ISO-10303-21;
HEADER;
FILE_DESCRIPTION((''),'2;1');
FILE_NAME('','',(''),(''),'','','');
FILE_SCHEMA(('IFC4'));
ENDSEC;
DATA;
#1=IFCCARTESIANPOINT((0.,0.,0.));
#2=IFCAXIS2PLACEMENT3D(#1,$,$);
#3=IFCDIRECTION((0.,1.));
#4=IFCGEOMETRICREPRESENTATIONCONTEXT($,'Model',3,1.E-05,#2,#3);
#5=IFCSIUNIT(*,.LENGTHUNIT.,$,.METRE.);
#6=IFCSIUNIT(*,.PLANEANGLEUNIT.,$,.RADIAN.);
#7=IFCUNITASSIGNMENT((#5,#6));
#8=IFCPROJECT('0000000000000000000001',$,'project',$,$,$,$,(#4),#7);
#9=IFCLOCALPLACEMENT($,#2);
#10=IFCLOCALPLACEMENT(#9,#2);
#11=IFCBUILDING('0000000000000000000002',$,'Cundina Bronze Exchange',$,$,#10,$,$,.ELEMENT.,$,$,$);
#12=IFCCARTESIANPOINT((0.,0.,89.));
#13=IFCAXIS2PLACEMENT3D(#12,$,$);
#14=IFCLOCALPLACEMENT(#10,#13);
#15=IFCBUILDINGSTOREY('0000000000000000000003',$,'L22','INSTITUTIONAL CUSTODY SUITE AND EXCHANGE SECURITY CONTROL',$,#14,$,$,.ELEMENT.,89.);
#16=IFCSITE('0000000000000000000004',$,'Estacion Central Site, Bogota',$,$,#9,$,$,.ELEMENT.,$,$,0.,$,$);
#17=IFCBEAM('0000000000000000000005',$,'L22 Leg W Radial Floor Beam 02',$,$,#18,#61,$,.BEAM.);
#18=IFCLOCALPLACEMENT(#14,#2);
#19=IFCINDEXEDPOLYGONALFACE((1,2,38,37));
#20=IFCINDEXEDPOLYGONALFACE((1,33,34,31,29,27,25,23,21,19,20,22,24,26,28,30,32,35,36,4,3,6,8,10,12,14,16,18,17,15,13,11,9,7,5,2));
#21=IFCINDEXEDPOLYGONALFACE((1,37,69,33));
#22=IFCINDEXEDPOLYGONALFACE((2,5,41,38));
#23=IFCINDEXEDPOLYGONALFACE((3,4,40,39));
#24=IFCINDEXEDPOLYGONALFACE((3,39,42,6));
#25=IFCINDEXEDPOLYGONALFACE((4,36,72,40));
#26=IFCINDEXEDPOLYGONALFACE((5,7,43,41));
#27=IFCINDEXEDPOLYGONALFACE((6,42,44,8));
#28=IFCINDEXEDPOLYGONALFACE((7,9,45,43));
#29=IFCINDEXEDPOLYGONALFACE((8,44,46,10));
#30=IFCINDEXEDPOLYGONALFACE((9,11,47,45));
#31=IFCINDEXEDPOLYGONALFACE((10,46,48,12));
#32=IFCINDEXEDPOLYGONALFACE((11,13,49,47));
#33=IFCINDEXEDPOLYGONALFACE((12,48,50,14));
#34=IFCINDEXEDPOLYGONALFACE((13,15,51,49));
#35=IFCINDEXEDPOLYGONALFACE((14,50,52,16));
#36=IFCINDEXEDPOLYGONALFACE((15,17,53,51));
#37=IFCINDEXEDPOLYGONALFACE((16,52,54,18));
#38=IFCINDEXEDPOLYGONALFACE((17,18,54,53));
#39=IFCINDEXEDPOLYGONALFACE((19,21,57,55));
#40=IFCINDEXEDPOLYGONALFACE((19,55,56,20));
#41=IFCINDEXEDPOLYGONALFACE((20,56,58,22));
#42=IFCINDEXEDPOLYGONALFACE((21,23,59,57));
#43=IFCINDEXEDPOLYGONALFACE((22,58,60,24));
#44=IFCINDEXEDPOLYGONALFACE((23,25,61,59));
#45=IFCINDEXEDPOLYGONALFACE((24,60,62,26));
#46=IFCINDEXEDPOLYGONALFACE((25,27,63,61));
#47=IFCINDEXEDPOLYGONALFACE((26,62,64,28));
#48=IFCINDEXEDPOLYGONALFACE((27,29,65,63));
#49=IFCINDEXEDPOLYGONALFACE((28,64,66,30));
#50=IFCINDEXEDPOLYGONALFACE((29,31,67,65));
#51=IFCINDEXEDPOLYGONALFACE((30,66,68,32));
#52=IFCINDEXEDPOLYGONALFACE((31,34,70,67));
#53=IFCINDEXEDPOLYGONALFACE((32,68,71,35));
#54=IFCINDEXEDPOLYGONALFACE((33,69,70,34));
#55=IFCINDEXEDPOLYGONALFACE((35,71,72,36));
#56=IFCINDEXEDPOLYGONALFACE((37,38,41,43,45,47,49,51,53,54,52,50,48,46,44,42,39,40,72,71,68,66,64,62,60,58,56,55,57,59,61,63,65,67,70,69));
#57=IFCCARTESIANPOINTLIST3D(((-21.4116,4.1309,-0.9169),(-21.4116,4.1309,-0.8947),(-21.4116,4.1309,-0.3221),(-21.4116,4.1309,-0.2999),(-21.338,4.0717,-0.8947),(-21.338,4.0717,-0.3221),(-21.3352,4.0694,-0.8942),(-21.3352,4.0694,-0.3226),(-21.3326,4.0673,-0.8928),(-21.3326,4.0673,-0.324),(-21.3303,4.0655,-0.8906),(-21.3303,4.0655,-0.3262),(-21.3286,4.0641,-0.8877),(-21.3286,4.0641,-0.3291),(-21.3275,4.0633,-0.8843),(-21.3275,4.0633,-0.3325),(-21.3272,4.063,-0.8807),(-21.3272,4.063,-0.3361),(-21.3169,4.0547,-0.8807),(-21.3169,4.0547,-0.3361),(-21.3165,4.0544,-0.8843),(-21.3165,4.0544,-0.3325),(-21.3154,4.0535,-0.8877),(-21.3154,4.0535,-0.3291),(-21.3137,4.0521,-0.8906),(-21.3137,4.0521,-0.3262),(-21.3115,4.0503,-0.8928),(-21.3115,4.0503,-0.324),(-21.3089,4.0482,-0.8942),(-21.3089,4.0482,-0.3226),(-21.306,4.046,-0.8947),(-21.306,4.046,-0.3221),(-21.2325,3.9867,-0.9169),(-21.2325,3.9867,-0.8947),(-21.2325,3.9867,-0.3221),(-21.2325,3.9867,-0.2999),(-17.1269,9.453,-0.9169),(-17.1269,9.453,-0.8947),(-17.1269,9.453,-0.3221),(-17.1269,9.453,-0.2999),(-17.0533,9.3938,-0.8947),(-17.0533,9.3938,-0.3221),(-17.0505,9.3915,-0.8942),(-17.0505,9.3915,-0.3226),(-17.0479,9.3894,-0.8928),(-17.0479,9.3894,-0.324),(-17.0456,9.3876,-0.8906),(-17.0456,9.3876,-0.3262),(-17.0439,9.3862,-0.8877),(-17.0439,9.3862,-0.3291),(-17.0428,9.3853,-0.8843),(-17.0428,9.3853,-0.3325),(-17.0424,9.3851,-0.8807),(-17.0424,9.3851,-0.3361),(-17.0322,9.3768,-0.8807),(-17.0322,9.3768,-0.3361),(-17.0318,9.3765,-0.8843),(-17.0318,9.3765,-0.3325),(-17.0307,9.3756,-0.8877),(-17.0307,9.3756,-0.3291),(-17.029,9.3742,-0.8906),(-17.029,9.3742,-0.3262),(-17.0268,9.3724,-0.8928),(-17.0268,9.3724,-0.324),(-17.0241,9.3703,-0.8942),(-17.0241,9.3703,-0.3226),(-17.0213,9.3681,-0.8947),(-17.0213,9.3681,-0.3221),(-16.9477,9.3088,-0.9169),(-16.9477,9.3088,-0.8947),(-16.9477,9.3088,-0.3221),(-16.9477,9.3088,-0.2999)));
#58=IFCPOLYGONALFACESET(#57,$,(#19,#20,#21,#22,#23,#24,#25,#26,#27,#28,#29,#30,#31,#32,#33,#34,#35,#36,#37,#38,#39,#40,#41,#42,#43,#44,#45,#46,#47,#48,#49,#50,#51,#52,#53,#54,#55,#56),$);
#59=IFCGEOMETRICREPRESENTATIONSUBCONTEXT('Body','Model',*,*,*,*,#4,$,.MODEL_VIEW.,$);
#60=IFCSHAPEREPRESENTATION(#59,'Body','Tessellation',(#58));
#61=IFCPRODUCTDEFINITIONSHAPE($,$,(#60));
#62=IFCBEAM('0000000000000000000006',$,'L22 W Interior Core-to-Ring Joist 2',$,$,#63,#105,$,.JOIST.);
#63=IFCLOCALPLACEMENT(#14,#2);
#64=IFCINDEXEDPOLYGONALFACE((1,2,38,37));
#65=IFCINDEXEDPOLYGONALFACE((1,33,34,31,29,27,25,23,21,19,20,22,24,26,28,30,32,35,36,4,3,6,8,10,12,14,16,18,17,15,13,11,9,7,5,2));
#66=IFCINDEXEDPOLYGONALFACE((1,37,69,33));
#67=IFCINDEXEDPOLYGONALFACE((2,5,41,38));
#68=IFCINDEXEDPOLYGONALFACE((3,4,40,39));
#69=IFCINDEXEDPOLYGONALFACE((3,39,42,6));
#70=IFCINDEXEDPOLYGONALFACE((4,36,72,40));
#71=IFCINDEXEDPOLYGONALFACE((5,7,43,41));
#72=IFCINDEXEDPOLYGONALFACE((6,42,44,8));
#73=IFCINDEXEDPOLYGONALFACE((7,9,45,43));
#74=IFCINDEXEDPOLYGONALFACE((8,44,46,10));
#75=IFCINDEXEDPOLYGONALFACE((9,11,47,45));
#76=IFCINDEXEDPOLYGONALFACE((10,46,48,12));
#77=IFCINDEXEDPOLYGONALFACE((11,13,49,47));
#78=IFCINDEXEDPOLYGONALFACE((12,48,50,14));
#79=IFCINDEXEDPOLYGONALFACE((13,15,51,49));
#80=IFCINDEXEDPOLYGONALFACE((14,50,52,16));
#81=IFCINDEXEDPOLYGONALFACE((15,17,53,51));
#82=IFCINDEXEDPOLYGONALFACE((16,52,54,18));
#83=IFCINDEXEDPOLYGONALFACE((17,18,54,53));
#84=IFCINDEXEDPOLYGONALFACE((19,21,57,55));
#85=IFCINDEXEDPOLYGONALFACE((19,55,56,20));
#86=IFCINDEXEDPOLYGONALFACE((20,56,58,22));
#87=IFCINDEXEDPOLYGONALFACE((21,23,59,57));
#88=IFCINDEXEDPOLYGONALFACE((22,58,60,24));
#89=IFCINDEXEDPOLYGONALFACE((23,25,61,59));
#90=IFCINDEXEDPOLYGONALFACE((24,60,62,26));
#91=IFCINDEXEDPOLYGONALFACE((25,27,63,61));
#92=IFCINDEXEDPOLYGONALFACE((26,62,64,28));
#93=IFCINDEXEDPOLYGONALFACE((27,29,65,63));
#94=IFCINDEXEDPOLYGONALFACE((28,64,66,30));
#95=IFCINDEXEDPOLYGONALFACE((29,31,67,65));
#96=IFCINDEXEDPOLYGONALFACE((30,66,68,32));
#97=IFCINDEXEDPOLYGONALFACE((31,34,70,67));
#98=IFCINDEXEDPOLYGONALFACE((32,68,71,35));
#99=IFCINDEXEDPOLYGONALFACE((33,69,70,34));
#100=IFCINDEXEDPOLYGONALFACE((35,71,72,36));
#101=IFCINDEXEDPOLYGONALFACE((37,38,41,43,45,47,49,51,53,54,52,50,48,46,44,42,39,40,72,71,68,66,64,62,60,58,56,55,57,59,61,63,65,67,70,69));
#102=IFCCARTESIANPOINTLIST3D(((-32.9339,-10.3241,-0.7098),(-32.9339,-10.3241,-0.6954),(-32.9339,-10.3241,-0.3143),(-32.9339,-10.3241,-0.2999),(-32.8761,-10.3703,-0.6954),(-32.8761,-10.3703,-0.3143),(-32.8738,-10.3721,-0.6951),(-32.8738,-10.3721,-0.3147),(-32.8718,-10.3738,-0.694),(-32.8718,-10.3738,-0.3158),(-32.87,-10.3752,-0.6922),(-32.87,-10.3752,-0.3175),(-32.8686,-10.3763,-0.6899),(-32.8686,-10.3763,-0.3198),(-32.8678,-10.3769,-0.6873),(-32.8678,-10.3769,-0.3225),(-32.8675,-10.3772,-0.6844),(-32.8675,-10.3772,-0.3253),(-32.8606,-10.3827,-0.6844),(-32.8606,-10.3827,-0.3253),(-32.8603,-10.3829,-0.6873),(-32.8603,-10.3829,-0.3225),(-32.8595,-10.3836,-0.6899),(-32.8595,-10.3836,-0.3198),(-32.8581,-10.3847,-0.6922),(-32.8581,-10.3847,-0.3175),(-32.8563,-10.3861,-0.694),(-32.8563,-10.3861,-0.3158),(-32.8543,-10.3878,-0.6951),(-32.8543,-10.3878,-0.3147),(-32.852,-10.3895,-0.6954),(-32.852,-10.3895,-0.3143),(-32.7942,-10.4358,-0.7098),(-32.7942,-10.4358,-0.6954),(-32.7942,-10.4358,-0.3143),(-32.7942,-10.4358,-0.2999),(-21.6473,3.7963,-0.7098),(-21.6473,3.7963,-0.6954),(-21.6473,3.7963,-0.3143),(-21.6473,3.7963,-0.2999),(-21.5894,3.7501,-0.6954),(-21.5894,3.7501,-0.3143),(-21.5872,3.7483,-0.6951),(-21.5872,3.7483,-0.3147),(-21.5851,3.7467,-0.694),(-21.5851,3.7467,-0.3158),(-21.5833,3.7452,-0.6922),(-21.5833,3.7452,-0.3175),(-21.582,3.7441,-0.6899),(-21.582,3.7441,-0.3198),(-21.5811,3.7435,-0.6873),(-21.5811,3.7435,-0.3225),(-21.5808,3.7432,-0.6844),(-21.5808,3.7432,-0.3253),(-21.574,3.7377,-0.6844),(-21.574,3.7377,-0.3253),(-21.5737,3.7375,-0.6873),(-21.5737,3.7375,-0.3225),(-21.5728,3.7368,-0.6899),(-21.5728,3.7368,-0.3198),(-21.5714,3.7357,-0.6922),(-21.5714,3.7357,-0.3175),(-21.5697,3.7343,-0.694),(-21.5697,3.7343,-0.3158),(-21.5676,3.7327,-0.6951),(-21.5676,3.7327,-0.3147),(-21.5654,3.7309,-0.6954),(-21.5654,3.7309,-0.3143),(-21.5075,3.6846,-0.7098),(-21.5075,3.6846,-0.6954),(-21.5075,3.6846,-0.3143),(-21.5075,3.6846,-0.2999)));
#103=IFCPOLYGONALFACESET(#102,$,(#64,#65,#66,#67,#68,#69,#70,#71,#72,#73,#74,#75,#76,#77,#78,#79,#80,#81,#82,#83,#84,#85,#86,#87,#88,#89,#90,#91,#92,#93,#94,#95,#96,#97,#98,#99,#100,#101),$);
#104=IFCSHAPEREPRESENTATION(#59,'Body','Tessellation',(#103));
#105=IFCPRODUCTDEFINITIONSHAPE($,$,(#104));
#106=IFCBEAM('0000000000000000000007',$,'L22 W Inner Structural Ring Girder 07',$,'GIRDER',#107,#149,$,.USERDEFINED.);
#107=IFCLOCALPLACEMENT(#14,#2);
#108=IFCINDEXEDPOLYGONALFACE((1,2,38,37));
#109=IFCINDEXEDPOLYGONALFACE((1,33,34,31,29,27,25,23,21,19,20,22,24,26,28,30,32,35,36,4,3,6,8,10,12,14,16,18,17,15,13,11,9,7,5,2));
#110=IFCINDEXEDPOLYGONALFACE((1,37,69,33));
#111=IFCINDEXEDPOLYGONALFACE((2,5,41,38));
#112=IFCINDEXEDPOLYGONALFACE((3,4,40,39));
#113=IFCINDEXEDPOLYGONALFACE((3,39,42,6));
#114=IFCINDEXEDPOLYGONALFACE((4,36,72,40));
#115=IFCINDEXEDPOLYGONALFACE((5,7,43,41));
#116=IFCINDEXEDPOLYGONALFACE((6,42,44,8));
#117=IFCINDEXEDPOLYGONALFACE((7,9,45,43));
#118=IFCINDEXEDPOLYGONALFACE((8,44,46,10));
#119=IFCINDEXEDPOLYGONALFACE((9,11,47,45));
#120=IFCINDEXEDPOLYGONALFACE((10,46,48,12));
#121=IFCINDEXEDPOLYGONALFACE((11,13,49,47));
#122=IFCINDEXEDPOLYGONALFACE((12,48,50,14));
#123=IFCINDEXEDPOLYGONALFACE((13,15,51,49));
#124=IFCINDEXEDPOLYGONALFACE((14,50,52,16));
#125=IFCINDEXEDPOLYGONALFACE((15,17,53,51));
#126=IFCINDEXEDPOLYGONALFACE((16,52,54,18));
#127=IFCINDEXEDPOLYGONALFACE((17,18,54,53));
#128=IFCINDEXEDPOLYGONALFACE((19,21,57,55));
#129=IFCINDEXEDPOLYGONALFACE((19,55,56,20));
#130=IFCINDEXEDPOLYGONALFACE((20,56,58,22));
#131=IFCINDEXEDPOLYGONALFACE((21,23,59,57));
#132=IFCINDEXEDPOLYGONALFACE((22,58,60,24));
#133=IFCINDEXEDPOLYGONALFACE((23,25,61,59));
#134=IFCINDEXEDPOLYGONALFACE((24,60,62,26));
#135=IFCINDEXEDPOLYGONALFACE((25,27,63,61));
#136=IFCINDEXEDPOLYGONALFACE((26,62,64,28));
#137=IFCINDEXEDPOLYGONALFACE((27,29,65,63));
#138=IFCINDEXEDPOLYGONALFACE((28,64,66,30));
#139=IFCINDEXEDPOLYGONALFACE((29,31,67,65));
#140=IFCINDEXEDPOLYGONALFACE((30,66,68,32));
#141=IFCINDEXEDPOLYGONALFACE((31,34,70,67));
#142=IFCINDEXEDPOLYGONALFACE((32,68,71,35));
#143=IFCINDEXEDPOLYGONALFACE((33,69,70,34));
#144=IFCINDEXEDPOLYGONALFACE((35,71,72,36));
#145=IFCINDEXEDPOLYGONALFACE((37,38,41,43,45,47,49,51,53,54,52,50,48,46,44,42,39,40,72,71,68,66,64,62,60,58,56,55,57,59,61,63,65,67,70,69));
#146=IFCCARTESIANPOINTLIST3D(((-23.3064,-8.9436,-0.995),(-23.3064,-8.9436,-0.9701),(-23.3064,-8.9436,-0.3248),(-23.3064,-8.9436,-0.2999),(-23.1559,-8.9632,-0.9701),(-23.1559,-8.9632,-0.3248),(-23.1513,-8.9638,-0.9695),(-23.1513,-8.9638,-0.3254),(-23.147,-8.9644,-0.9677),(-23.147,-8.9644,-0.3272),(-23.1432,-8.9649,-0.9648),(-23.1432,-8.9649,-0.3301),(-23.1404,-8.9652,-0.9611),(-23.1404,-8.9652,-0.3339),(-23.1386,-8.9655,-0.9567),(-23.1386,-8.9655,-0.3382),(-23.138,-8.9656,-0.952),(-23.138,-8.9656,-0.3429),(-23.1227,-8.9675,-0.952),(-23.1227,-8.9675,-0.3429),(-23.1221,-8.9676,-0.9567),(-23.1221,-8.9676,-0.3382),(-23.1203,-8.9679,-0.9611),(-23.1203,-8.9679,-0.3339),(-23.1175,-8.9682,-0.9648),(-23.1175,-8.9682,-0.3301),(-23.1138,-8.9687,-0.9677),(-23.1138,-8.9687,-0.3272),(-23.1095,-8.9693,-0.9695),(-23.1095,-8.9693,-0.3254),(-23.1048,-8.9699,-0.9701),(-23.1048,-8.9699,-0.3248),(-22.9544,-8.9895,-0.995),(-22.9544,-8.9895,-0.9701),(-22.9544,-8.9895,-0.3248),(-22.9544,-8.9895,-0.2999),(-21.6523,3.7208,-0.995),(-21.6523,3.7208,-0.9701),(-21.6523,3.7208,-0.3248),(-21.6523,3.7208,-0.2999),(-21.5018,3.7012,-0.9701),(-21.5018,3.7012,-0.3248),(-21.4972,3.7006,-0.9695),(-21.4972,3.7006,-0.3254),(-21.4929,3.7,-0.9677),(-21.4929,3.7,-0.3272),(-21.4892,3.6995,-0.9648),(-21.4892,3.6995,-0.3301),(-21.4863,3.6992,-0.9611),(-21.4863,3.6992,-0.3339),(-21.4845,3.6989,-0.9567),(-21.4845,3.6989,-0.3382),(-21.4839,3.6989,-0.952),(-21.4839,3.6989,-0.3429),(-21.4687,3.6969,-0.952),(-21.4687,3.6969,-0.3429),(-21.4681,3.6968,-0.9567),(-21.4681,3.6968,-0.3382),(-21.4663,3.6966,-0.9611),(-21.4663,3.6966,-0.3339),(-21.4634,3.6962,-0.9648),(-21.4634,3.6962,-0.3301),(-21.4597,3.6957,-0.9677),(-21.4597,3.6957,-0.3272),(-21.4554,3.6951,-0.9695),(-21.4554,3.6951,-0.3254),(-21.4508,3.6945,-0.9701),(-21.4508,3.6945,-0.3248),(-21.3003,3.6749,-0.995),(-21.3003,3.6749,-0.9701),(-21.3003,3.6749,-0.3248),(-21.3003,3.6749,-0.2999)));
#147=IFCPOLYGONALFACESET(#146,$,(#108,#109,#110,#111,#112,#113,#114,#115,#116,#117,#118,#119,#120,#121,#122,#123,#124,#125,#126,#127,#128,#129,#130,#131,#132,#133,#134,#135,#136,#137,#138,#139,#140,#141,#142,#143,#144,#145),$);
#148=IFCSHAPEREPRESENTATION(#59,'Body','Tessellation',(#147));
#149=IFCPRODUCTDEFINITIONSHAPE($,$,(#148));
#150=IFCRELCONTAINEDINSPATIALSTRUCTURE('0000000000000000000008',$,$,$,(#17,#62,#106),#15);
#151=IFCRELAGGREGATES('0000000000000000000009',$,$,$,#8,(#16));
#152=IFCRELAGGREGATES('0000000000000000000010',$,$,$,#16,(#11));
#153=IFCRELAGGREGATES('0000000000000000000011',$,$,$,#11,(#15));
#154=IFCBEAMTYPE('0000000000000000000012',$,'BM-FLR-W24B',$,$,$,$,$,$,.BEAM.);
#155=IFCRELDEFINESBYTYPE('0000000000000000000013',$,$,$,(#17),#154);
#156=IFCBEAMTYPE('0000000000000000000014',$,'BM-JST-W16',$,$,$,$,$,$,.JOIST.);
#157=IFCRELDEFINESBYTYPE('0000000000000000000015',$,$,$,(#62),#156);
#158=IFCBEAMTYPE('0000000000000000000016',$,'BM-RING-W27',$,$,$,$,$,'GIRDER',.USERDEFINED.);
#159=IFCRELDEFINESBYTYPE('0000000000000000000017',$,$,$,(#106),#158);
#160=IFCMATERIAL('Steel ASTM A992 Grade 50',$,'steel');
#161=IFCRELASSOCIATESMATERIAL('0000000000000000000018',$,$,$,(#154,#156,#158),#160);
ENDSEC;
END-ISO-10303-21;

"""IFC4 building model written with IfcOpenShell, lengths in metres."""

from ifc_helpers import new_model, si_unit, direction, frame, origin, origin_2d, place, context, subcontext, project, spatial, i_section, extrude, material, material_profile, profile_set, type_object, element, save


model = new_model("IFC4")

# Units and contexts
model_context = context("Model", 3, precision=1e-05, world=origin(), true_north=direction((0.0, 1.0)))
body_context = subcontext(model_context, "Body", "Model", "MODEL_VIEW")
ifc_project = project(units=[si_unit("LENGTHUNIT", "METRE"), si_unit("PLANEANGLEUNIT", "RADIAN")], contexts=[model_context])

# Site, building, storey
site_placement = place(None, origin())
site = spatial("IfcSite", under=ifc_project, at=site_placement, Name="Estacion Central Site, Bogota", CompositionType="ELEMENT", RefElevation=0.0)
building_placement = place(site_placement, origin())
building = spatial("IfcBuilding", under=site, at=building_placement, Name="Cundina Bronze Exchange", CompositionType="ELEMENT")
storey_placement = place(building_placement, frame((0.0, 0.0, 89.0)))
storey = spatial("IfcBuildingStorey", under=building, at=storey_placement, Name="L22", Description="INSTITUTIONAL CUSTODY SUITE AND EXCHANGE SECURITY CONTROL", CompositionType="ELEMENT", Elevation=89.0)

# Shared definitions
ifc_material_1 = material(Name="Steel ASTM A992 Grade 50", Category="steel")

# Beams
ifc_material_profile_1 = material_profile(ifc_material_1, i_section(OverallWidth=0.23, OverallDepth=0.6169, WebThickness=0.0132, FlangeThickness=0.0222, FilletRadius=0.0139, at=origin_2d()), Name="W24X94", Category="steel")
ifc_profile_set_1 = profile_set([ifc_material_profile_1], Name="Steel ASTM A992 Grade 50")
beam_type_1 = type_object("IfcBeamType", Name="BM-FLR-W24B", PredefinedType="BEAM", material=ifc_profile_set_1)
beam_1_placement = place(storey_placement, frame((-21.322, 4.0588, -0.6084), z_axis=(0.627106, 0.778934, 0.0), x_axis=(-0.778934, 0.627106, 0.0)))
element("IfcBeam", 1, at=beam_1_placement, inside=storey, type_object=beam_type_1, Name="L22 Leg W Radial Floor Beam 02", PredefinedType="BEAM", context=body_context, shape_type="SweptSolid", body=[
    extrude(i_section(OverallWidth=0.23, OverallDepth=0.6169, WebThickness=0.0132, FlangeThickness=0.0222, FilletRadius=0.0139, at=origin_2d()), origin(), (0.0, 0.0, 1.0), 6.8325),
])
ifc_material_profile_2 = material_profile(ifc_material_1, i_section(OverallWidth=0.179, OverallDepth=0.4099, WebThickness=0.0088, FlangeThickness=0.0144, FilletRadius=0.011, at=origin_2d()), Name="W16X45", Category="steel")
ifc_profile_set_2 = profile_set([ifc_material_profile_2], Name="Steel ASTM A992 Grade 50")
beam_type_2 = type_object("IfcBeamType", Name="BM-JST-W16", PredefinedType="JOIST", material=ifc_profile_set_2)
beam_2_placement = place(storey_placement, frame((-21.5774, 3.7405, -0.5049), z_axis=(-0.624369, -0.78113, 0.0), x_axis=(0.78113, -0.624369, 0.0)))
element("IfcBeam", 2, at=beam_2_placement, inside=storey, type_object=beam_type_2, Name="L22 W Interior Core-to-Ring Joist 2", PredefinedType="JOIST", context=body_context, shape_type="SweptSolid", body=[
    extrude(i_section(OverallWidth=0.179, OverallDepth=0.4099, WebThickness=0.0088, FlangeThickness=0.0144, FilletRadius=0.011, at=origin_2d()), origin(), (0.0, 0.0, 1.0), 18.0769),
])
ifc_material_profile_3 = material_profile(ifc_material_1, i_section(OverallWidth=0.355, OverallDepth=0.6951, WebThickness=0.0154, FlangeThickness=0.0249, FilletRadius=0.0181, at=origin_2d()), Name="W27X146", Category="steel")
ifc_profile_set_3 = profile_set([ifc_material_profile_3], Name="Steel ASTM A992 Grade 50")
beam_type_3 = type_object("IfcBeamType", Name="BM-RING-W27", ElementType="GIRDER", PredefinedType="USERDEFINED", material=ifc_profile_set_3)
beam_3_placement = place(storey_placement, frame((-23.1304, -8.9666, -0.6475), z_axis=(0.129508, 0.991578, 0.0), x_axis=(-0.991578, 0.129508, 0.0)))
element("IfcBeam", 3, at=beam_3_placement, inside=storey, type_object=beam_type_3, Name="L22 W Inner Structural Ring Girder 07", ObjectType="GIRDER", PredefinedType="USERDEFINED", context=body_context, shape_type="SweptSolid", body=[
    extrude(i_section(OverallWidth=0.355, OverallDepth=0.6951, WebThickness=0.0154, FlangeThickness=0.0249, FilletRadius=0.0181, at=origin_2d()), origin(), (0.0, 0.0, 1.0), 12.772),
])

save(model, "model.ifc")
